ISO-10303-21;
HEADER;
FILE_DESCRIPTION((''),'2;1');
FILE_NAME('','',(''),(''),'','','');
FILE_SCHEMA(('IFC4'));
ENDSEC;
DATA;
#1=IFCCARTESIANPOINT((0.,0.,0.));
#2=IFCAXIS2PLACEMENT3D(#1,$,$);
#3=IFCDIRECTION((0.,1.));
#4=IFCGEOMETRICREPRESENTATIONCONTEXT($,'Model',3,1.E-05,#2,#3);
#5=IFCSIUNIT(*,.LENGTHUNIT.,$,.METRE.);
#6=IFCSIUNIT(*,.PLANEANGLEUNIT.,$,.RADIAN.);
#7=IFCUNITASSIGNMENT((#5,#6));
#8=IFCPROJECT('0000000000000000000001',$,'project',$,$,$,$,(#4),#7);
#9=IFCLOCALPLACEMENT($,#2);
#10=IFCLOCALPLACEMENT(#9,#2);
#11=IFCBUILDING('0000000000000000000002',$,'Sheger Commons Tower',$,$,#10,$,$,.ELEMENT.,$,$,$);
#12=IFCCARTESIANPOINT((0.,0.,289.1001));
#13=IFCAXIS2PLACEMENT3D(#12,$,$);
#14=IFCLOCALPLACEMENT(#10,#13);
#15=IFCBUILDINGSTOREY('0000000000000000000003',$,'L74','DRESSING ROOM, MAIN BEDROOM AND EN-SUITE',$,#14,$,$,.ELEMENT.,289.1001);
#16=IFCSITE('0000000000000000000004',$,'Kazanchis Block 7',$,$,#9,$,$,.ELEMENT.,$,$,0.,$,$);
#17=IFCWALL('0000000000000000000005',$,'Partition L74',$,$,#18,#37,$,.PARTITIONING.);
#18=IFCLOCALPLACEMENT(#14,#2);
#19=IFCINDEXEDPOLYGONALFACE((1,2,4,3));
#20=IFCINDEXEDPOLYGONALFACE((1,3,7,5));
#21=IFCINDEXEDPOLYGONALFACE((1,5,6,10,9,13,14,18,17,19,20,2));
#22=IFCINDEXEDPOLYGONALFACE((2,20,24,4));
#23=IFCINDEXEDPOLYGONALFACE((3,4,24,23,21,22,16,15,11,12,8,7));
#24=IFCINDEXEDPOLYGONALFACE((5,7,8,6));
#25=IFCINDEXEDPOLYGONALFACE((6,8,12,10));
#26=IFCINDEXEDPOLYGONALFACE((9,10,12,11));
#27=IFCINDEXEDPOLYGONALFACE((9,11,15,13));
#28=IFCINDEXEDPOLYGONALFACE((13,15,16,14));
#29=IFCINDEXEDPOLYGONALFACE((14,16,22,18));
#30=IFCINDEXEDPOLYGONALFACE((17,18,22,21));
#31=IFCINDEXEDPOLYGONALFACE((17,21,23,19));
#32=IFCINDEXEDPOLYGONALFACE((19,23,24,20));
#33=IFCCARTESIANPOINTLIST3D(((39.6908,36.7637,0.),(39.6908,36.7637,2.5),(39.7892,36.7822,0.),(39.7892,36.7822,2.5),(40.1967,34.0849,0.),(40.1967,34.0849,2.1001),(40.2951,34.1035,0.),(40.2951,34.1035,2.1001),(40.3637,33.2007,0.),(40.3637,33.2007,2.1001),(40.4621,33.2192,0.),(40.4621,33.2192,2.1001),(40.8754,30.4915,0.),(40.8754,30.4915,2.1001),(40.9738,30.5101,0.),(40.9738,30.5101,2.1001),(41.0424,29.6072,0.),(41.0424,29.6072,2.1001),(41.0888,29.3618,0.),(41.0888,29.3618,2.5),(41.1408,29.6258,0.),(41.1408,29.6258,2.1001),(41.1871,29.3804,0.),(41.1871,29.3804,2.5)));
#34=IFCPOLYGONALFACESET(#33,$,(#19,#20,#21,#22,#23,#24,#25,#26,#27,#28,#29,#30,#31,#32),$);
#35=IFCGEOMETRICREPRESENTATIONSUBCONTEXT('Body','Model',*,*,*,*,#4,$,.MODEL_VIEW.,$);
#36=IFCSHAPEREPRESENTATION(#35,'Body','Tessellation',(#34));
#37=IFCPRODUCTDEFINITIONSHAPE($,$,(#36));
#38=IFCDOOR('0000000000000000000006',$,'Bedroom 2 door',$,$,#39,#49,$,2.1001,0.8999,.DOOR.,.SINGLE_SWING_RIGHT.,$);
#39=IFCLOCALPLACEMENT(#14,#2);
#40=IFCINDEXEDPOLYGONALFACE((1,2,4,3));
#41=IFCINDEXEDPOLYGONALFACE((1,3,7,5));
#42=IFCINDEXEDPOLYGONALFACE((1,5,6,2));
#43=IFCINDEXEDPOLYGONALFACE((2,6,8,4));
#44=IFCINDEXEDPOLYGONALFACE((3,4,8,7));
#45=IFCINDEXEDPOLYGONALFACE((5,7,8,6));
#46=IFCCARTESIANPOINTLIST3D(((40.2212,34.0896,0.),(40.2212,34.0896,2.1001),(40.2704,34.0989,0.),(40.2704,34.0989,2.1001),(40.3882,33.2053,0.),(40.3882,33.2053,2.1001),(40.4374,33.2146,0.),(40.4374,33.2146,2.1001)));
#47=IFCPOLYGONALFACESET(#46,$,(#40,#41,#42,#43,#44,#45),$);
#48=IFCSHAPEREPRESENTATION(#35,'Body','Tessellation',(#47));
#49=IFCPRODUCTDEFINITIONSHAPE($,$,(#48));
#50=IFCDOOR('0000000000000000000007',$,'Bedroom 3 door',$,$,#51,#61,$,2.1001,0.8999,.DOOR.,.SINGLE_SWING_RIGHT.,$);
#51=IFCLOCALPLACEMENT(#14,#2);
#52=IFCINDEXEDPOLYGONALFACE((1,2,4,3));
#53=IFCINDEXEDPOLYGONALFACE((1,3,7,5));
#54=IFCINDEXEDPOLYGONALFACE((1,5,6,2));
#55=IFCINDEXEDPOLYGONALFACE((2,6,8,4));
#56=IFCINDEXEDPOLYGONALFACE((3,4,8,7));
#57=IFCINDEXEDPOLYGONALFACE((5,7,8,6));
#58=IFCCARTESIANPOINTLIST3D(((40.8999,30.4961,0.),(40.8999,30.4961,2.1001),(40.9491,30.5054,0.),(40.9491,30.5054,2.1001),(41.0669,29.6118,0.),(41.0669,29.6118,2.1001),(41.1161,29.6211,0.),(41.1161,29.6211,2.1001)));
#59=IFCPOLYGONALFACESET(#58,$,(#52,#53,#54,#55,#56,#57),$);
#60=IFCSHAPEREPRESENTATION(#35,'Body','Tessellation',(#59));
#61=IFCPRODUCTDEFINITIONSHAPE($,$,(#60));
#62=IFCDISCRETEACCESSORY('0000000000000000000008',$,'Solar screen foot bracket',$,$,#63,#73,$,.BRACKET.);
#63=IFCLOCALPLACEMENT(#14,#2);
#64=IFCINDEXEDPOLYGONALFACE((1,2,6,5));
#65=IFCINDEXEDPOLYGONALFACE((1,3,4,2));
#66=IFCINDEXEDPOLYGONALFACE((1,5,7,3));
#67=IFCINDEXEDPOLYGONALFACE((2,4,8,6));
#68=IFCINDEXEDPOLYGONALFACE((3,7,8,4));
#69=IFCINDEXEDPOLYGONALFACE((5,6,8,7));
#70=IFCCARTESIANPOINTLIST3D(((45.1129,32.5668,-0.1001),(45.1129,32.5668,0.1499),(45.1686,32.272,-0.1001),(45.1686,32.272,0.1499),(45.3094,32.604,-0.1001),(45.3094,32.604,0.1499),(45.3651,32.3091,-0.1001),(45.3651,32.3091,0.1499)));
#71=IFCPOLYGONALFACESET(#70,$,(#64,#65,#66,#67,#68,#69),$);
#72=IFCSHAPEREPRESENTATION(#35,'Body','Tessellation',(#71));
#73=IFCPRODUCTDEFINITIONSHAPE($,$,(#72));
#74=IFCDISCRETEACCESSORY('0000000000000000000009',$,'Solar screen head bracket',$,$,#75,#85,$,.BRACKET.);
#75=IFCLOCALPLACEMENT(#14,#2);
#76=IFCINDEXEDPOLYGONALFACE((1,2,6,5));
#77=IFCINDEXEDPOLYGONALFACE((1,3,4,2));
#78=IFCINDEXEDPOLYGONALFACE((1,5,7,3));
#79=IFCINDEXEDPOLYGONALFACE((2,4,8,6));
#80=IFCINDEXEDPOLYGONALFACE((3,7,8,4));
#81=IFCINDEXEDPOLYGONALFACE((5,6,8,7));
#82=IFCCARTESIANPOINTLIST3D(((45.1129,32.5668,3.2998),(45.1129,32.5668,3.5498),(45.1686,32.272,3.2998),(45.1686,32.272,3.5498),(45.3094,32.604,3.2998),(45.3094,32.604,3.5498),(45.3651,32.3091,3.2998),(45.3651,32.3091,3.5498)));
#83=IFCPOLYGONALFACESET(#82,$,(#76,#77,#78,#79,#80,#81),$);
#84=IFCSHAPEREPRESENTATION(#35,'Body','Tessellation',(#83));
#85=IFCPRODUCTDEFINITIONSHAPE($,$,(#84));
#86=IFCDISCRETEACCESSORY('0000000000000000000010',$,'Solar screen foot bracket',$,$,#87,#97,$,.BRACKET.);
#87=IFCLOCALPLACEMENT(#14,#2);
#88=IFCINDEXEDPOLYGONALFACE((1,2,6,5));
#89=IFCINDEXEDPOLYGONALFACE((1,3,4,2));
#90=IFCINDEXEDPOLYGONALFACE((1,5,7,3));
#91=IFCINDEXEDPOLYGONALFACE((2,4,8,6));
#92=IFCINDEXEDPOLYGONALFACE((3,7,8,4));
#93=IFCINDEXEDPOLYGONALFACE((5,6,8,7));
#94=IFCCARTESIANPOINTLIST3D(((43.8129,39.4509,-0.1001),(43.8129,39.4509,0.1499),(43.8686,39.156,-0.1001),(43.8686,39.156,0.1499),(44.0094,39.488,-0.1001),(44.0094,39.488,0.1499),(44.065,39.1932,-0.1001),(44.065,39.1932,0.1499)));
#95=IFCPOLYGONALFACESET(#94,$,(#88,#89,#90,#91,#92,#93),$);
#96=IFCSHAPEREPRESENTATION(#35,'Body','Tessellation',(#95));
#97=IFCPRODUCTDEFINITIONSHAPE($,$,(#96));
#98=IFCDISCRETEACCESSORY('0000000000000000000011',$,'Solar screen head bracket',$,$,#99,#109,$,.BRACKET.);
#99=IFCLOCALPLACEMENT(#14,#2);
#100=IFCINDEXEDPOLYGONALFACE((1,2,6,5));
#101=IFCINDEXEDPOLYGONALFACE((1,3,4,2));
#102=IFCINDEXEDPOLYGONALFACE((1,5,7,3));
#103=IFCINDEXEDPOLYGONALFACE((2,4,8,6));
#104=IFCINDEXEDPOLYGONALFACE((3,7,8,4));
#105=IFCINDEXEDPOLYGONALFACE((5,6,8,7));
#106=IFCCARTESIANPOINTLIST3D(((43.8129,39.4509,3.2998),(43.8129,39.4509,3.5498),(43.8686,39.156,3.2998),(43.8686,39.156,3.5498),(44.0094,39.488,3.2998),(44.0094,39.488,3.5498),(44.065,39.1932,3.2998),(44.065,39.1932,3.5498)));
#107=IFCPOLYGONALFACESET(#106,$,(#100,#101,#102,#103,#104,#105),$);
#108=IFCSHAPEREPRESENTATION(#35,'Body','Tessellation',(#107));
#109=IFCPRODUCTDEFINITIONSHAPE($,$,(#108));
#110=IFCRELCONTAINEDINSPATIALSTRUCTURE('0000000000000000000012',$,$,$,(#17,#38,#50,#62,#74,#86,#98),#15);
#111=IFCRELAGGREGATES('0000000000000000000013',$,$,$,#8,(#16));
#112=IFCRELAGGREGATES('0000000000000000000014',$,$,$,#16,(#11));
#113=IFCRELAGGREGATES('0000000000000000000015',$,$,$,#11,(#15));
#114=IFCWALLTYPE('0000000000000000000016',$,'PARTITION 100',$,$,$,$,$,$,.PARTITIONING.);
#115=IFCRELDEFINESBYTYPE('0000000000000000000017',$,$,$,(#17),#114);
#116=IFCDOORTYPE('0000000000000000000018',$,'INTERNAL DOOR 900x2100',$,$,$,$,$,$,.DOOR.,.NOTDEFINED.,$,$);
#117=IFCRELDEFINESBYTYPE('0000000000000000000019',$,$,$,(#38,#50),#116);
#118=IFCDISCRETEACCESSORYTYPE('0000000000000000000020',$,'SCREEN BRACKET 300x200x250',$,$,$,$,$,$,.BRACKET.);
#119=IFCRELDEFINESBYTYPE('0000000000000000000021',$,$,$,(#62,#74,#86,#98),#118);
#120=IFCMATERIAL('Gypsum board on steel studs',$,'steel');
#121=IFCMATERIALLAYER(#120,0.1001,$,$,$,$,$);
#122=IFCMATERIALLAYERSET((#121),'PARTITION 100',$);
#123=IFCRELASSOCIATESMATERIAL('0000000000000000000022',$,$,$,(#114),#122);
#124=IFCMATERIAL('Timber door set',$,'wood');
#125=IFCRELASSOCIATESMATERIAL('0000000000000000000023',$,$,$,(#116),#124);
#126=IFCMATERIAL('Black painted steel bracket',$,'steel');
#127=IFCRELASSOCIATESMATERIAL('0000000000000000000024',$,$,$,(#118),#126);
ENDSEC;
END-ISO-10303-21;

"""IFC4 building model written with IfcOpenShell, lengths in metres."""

from ifc_helpers import new_model, si_unit, direction, frame, frame_2d, origin, origin_2d, place, context, subcontext, project, spatial, rectangle, extrude, material, layer, layer_set, type_object, element, fill, save


model = new_model("IFC4")

# Units and contexts
model_context = context("Model", 3, precision=1e-05, world=origin(), true_north=direction((0.0, 1.0)))
body_context = subcontext(model_context, "Body", "Model", "MODEL_VIEW")
ifc_project = project(units=[si_unit("LENGTHUNIT", "METRE"), si_unit("PLANEANGLEUNIT", "RADIAN")], contexts=[model_context])

# Site, building, storey
site_placement = place(None, origin())
site = spatial("IfcSite", under=ifc_project, at=site_placement, Name="Kazanchis Block 7", CompositionType="ELEMENT", RefElevation=0.0)
building_placement = place(site_placement, origin())
building = spatial("IfcBuilding", under=site, at=building_placement, Name="Sheger Commons Tower", CompositionType="ELEMENT")
storey_placement = place(building_placement, frame((0.0, 0.0, 289.1001)))
storey = spatial("IfcBuildingStorey", under=building, at=storey_placement, Name="L74", Description="DRESSING ROOM, MAIN BEDROOM AND EN-SUITE", CompositionType="ELEMENT", Elevation=289.1001)

# Shared definitions
ifc_material_1 = material(Name="Gypsum board on steel studs", Category="steel")
ifc_layer_1 = layer(ifc_material_1, 0.1001)
ifc_layer_set_1 = layer_set([ifc_layer_1], Name="PARTITION 100")
wall_type_1 = type_object("IfcWallType", Name="PARTITION 100", PredefinedType="PARTITIONING", material=ifc_layer_set_1)

# Shared definitions
ifc_material_2 = material(Name="Timber door set", Category="wood")
door_type = type_object("IfcDoorType", Name="INTERNAL DOOR 900x2100", OperationType="NOTDEFINED", PredefinedType="DOOR", material=ifc_material_2)

# Wall, openings, doors
wall_1_placement = place(storey_placement, frame((39.74, 36.7729, 0.0), z_axis=(0.0, 0.0, 1.0), x_axis=(0.185584, -0.982628, 0.0)))
wall_1 = element("IfcWall", 1, at=wall_1_placement, inside=storey, type_object=wall_type_1, Name="Partition L74", PredefinedType="PARTITIONING", context=body_context, shape_type="SweptSolid", body=[
    extrude(rectangle(XDim=7.5327, YDim=0.1001, at=frame_2d((3.7664, 0.0))), origin(), (0.0, 0.0, 1.0), 2.5),
])
opening_1_placement = place(wall_1_placement, frame((2.7261, 0.0, 0.0)))
opening_1 = element("IfcOpeningElement", 2, at=opening_1_placement, cuts=wall_1, PredefinedType="OPENING", context=body_context, shape_type="SweptSolid", body=[
    extrude(rectangle(XDim=0.8999, YDim=2.1001, at=frame_2d((0.45, 1.05))), frame((0.0, 0.0601, 0.0), z_axis=(0.0, -1.0, 0.0), x_axis=(1.0, 0.0, 0.0)), (0.0, 0.0, 1.0), 0.1201),
])
opening_2_placement = place(wall_1_placement, frame((6.3831, 0.0, 0.0)))
opening_2 = element("IfcOpeningElement", 3, at=opening_2_placement, cuts=wall_1, PredefinedType="OPENING", context=body_context, shape_type="SweptSolid", body=[
    extrude(rectangle(XDim=0.8999, YDim=2.1001, at=frame_2d((0.45, 1.05))), frame((0.0, 0.0601, 0.0), z_axis=(0.0, -1.0, 0.0), x_axis=(1.0, 0.0, 0.0)), (0.0, 0.0, 1.0), 0.1201),
])
door_1_placement = place(opening_1_placement, origin())
door_1 = element("IfcDoor", 4, at=door_1_placement, inside=storey, type_object=door_type, Name="Bedroom 2 door", OperationType="SINGLE_SWING_RIGHT", OverallHeight=2.1001, OverallWidth=0.8999, PredefinedType="DOOR", context=body_context, shape_type="SweptSolid", body=[
    extrude(rectangle(XDim=0.8999, YDim=2.1001, at=frame_2d((0.45, 1.05))), frame((0.0, 0.0249, 0.0), z_axis=(0.0, -1.0, 0.0), x_axis=(1.0, 0.0, 0.0)), (0.0, 0.0, 1.0), 0.05),
])
fill(opening_1, door_1)
door_2_placement = place(opening_2_placement, origin())
door_2 = element("IfcDoor", 5, at=door_2_placement, inside=storey, type_object=door_type, Name="Bedroom 3 door", OperationType="SINGLE_SWING_RIGHT", OverallHeight=2.1001, OverallWidth=0.8999, PredefinedType="DOOR", context=body_context, shape_type="SweptSolid", body=[
    extrude(rectangle(XDim=0.8999, YDim=2.1001, at=frame_2d((0.45, 1.05))), frame((0.0, 0.0249, 0.0), z_axis=(0.0, -1.0, 0.0), x_axis=(1.0, 0.0, 0.0)), (0.0, 0.0, 1.0), 0.05),
])
fill(opening_2, door_2)

# Discrete accessories
ifc_material_3 = material(Name="Black painted steel bracket", Category="steel")
discrete_accessory_type = type_object("IfcDiscreteAccessoryType", Name="SCREEN BRACKET 300x200x250", PredefinedType="BRACKET", material=ifc_material_3)
for number, where, z_axis, x_axis, name in (
    (6, (45.239, 32.438, -0.1001), (0.0, 0.0, 1.0), (-0.185615, 0.982623, 0.0), "Solar screen foot bracket"),
    (7, (45.239, 32.438, 3.2998), (0.0, 0.0, 1.0), (-0.185615, 0.982623, 0.0), "Solar screen head bracket"),
    (8, (43.939, 39.322, -0.1001), (0.0, 0.0, 1.0), (-0.185615, 0.982623, 0.0), "Solar screen foot bracket"),
    (9, (43.939, 39.322, 3.2998), (0.0, 0.0, 1.0), (-0.185615, 0.982623, 0.0), "Solar screen head bracket"),
):
    element("IfcDiscreteAccessory", number, at=place(storey_placement, frame(where, z_axis=z_axis, x_axis=x_axis)), inside=storey, type_object=discrete_accessory_type, Name=name, PredefinedType="BRACKET", context=body_context, shape_type="SweptSolid", body=[
        extrude(rectangle(XDim=0.3, YDim=0.2, at=origin_2d()), origin(), (0.0, 0.0, 1.0), 0.25),
    ])

save(model, "model.ifc")
